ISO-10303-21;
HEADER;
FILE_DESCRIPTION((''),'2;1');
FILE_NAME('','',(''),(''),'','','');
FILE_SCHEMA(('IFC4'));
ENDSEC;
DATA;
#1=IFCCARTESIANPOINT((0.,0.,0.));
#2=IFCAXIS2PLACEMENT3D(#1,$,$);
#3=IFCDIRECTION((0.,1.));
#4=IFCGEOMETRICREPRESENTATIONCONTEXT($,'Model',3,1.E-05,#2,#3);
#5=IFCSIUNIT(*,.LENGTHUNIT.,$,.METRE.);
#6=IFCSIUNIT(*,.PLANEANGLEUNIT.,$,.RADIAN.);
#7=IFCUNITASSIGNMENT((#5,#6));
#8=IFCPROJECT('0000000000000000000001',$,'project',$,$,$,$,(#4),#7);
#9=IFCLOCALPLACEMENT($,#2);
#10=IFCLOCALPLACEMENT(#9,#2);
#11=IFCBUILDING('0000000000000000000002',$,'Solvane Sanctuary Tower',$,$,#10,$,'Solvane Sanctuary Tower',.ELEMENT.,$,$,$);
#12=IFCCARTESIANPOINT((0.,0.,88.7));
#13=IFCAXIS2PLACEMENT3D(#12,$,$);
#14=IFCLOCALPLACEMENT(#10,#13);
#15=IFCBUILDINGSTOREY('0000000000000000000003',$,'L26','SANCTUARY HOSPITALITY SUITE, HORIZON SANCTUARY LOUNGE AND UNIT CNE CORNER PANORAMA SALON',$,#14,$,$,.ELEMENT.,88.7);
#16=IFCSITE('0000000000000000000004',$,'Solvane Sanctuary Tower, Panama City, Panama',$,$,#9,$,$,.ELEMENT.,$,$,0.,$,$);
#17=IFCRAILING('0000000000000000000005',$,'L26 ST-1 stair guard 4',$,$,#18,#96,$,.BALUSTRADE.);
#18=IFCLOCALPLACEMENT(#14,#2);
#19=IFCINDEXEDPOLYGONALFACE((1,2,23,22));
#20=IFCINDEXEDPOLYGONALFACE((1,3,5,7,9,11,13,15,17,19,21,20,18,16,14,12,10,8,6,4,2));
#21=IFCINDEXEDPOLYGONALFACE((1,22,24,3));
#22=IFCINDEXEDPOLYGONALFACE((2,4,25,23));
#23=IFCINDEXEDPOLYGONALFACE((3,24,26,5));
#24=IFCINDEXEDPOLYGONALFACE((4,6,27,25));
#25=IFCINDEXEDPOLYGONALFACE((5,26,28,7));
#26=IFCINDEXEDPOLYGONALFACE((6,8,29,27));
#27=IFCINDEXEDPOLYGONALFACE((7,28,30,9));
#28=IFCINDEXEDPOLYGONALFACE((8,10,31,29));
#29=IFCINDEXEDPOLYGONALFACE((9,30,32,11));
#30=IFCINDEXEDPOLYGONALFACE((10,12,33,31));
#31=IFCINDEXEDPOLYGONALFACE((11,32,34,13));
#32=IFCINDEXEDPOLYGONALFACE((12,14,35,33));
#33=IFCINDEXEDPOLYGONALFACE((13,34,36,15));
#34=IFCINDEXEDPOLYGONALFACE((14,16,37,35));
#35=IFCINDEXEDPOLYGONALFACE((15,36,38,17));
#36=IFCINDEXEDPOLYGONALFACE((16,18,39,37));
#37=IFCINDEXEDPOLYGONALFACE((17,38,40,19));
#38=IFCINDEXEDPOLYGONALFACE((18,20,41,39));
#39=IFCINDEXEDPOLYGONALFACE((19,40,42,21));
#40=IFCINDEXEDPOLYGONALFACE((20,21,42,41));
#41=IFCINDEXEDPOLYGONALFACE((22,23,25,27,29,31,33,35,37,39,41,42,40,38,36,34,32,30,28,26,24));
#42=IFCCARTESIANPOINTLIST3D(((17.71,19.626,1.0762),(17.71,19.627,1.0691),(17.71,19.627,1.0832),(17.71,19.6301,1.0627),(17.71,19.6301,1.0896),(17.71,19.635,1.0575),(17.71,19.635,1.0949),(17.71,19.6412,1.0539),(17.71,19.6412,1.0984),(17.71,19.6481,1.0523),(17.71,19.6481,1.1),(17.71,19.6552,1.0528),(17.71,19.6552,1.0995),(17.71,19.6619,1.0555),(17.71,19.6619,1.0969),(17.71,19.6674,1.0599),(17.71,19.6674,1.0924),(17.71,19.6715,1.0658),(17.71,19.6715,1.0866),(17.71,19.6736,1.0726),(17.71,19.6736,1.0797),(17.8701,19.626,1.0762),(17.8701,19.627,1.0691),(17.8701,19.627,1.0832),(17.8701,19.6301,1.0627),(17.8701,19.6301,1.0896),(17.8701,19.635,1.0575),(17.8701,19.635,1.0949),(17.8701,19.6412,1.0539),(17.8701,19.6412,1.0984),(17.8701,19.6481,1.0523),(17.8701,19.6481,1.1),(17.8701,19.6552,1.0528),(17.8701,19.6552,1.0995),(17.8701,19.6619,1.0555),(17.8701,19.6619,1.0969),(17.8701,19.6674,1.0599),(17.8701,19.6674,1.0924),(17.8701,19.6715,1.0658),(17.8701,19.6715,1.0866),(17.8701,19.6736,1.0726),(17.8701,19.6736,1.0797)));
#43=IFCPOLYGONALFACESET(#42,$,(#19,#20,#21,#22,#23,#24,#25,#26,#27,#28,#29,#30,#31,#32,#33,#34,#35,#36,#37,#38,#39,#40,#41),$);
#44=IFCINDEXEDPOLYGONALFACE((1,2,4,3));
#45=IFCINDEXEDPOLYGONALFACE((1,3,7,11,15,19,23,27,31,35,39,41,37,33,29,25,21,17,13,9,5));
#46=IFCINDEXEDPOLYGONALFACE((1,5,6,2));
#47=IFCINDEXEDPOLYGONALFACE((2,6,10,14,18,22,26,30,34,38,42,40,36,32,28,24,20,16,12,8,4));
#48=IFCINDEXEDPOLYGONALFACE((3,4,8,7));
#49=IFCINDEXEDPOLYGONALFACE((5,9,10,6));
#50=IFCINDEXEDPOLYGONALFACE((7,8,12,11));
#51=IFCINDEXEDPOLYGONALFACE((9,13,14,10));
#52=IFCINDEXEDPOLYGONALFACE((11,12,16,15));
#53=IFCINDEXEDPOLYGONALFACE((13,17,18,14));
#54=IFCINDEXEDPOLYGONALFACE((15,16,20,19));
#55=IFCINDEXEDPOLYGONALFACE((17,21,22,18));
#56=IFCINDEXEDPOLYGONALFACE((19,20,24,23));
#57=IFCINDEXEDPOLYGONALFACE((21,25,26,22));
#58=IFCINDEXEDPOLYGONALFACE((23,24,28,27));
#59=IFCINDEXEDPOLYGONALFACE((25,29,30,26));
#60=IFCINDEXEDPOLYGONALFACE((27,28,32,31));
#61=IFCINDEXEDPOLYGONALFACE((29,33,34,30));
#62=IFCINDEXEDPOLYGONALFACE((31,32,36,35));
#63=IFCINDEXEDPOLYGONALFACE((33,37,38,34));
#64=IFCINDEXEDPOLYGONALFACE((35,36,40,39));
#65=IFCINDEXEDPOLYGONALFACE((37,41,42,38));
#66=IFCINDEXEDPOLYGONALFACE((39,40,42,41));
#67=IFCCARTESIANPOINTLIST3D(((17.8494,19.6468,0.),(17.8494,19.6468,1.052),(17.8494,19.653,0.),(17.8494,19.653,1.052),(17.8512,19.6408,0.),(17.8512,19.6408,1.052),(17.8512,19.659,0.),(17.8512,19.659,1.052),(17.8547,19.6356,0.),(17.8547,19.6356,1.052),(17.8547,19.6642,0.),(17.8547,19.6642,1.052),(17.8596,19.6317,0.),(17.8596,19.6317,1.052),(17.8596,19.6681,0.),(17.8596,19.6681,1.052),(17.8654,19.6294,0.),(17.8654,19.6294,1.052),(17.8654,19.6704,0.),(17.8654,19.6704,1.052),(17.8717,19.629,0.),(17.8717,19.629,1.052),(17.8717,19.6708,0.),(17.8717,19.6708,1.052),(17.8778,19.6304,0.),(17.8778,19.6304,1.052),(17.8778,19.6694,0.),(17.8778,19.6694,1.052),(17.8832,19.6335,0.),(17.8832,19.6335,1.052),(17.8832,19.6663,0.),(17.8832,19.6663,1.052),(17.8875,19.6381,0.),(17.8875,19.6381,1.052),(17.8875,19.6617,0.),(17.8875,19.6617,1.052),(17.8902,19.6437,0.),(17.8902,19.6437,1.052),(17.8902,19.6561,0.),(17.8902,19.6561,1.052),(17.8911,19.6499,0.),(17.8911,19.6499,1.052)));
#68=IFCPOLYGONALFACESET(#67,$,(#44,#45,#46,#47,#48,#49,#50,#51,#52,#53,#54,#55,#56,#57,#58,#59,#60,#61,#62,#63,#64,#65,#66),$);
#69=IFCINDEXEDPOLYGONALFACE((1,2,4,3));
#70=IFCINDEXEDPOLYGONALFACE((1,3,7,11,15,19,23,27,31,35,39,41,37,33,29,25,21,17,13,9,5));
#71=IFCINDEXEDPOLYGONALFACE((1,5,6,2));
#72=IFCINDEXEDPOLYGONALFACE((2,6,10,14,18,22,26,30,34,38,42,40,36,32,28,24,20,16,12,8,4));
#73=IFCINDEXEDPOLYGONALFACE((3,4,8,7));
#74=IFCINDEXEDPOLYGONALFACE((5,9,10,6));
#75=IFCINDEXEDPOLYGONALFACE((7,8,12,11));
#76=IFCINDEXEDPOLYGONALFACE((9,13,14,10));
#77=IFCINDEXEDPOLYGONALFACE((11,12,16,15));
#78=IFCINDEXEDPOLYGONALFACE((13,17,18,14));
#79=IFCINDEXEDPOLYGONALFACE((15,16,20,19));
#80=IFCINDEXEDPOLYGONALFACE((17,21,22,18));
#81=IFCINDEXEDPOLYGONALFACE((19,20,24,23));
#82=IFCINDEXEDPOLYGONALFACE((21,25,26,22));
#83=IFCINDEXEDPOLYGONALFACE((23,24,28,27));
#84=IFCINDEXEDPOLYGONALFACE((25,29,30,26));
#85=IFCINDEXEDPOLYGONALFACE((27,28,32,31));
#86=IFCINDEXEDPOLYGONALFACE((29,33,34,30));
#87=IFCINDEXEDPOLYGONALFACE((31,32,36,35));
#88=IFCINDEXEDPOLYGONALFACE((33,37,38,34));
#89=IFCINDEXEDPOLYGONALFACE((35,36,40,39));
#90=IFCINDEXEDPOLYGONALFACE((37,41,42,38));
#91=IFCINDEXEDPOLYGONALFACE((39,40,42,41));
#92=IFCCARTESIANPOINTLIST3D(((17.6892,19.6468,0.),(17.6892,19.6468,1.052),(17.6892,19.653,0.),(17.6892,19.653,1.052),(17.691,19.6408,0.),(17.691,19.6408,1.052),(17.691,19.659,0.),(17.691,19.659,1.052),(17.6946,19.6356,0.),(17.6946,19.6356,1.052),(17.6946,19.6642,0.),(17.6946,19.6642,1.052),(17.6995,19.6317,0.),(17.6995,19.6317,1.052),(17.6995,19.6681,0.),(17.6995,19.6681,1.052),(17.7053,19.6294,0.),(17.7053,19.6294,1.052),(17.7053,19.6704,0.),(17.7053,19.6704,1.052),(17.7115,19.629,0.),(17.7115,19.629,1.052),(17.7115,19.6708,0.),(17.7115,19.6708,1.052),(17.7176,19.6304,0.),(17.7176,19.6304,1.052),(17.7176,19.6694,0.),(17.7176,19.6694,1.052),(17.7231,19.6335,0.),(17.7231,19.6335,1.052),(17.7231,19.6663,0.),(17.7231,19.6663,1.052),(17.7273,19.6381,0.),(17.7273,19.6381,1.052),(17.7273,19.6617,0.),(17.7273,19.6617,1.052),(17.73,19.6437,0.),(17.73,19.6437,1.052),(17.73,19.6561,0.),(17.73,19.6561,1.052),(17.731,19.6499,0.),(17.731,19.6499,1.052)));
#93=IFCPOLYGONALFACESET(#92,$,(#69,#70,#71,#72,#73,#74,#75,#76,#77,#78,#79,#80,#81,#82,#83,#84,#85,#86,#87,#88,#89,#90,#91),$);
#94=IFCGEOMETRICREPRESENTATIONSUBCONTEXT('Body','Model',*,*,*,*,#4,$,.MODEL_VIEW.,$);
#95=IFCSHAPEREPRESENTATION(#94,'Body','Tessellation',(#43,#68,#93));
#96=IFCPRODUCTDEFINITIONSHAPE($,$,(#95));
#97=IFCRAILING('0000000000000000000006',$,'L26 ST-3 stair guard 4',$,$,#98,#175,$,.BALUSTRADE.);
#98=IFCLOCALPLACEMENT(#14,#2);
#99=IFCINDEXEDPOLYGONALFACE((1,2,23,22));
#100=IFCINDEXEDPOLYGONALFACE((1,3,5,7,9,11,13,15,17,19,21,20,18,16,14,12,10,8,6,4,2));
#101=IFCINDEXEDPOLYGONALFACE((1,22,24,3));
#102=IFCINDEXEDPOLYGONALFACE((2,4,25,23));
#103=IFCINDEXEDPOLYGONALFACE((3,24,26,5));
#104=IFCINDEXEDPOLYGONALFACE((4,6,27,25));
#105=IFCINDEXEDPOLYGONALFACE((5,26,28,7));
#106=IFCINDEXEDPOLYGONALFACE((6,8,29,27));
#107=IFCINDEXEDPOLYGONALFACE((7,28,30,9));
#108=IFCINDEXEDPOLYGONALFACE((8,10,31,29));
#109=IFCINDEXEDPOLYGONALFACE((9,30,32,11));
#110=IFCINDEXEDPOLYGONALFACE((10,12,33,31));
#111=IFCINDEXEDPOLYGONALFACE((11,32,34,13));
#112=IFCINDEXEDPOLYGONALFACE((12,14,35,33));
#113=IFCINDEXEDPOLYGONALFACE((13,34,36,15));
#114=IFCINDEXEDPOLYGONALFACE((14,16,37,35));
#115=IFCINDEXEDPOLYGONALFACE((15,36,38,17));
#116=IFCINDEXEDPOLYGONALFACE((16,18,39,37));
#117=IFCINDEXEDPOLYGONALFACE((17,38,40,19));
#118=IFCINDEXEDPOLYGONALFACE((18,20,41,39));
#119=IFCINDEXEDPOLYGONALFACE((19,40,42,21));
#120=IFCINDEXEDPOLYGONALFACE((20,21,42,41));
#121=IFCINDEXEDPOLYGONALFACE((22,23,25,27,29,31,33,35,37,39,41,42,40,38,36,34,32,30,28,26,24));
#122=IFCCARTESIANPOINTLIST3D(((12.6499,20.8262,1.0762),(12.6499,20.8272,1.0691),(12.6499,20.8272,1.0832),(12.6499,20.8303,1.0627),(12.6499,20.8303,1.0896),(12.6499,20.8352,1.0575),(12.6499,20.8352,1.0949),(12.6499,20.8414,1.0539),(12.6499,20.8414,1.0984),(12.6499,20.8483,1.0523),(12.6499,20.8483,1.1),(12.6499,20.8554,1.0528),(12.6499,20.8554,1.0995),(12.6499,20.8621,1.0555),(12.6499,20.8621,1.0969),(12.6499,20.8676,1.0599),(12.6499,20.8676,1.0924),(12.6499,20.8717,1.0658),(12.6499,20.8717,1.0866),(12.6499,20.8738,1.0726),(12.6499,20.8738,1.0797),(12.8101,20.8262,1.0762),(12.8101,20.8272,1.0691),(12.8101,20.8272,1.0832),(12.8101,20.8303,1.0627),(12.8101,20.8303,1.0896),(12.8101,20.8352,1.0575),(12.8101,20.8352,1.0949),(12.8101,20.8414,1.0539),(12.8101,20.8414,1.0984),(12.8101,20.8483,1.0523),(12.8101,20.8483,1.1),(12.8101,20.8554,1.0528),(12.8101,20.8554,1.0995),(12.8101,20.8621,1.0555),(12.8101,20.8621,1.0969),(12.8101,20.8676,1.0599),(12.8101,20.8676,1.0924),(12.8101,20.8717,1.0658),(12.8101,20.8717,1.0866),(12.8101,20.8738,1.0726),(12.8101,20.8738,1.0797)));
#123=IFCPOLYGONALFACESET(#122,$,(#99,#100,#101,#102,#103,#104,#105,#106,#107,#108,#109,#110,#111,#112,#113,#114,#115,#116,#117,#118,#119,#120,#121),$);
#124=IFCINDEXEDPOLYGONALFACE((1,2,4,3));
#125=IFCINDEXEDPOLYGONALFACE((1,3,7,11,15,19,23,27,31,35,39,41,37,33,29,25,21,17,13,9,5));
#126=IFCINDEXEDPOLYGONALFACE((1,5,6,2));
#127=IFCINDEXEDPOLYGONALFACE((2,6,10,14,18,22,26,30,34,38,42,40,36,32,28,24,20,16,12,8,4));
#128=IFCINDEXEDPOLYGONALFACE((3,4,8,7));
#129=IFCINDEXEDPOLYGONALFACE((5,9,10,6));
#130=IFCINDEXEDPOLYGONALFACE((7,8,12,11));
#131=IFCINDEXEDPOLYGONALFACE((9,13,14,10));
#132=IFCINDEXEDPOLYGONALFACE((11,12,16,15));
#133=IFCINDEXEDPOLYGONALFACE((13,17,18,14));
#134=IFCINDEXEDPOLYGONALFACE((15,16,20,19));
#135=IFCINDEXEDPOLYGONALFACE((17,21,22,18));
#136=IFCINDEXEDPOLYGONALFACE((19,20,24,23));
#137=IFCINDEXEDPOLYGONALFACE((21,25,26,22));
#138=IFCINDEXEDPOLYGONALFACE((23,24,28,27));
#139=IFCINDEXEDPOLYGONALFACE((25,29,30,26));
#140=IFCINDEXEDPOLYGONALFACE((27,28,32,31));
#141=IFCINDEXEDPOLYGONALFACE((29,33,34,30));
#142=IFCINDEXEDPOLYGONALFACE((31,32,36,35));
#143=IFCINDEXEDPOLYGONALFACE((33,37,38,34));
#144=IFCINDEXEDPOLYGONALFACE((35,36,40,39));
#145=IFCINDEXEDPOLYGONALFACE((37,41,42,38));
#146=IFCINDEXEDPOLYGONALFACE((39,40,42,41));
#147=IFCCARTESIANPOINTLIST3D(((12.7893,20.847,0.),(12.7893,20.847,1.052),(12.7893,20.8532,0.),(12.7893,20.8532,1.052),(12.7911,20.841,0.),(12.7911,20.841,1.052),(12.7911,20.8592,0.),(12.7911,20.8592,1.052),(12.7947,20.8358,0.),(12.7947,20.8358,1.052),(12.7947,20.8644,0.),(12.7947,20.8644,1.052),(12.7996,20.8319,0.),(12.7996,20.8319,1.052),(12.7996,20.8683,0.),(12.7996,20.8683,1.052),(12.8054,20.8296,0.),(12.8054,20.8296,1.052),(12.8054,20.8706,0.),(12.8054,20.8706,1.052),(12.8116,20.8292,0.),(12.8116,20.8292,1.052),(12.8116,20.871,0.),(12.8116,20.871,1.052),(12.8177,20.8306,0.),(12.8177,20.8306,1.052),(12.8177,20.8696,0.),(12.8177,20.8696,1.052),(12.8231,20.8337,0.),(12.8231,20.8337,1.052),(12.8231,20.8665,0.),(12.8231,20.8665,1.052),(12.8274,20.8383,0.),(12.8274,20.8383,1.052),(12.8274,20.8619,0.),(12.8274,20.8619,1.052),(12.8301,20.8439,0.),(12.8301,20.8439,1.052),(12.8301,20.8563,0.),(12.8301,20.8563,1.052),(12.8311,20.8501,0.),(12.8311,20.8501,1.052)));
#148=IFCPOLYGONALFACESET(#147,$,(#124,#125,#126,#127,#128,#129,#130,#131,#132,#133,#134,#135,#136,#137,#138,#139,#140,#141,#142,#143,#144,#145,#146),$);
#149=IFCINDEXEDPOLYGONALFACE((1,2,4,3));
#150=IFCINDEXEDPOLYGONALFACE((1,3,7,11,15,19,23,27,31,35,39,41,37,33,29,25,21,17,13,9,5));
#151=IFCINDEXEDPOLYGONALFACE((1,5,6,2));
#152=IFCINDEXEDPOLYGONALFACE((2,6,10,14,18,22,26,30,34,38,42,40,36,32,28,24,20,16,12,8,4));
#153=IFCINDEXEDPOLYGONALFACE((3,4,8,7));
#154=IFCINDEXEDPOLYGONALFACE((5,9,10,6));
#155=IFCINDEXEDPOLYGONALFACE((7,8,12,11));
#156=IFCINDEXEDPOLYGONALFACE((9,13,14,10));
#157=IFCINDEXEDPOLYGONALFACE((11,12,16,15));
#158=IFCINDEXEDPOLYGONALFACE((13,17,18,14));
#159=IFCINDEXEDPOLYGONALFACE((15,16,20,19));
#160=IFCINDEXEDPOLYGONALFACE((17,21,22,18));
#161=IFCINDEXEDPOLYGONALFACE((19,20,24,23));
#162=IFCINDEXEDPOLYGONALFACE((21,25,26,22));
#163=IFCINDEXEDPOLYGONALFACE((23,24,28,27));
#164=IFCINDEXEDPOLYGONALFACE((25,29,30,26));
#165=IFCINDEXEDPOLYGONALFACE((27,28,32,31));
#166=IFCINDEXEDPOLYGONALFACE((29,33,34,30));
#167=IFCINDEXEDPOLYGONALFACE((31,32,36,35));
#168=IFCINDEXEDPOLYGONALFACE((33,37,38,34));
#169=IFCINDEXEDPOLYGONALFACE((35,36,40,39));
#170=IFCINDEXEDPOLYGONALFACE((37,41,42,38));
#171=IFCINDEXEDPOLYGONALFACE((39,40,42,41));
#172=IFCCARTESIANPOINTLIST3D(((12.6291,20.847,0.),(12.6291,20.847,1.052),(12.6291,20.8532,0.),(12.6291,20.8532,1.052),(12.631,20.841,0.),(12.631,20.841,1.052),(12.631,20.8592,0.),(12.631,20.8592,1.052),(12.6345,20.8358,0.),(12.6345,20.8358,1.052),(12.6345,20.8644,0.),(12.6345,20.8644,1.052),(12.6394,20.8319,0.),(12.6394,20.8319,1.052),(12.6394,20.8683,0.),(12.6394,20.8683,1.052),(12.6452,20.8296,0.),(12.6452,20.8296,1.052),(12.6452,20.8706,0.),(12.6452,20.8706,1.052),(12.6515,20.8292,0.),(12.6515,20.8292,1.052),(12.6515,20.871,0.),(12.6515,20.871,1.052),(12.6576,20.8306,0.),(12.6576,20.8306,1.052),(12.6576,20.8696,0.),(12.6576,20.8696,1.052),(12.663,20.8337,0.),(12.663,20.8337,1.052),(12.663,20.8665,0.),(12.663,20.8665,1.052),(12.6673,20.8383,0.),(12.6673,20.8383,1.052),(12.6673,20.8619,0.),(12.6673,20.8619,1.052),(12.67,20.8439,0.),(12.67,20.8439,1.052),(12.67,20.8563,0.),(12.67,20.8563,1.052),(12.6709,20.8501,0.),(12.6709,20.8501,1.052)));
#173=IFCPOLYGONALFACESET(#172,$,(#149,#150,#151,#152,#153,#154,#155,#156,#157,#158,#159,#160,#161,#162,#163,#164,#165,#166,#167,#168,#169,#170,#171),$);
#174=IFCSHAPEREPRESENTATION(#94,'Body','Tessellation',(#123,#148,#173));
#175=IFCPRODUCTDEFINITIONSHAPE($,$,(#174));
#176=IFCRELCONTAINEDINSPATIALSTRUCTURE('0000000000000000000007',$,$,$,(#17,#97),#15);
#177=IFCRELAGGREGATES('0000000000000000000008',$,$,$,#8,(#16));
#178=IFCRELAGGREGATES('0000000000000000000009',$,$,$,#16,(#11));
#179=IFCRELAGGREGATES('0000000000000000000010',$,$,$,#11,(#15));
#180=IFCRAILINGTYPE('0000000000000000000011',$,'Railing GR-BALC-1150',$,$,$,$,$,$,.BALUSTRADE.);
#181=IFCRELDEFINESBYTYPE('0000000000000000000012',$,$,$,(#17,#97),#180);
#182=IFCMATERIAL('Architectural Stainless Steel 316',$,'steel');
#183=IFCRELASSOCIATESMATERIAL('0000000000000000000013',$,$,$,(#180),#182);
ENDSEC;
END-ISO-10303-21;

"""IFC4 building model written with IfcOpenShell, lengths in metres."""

from ifc_helpers import new_model, si_unit, direction, frame, origin, origin_2d, place, context, subcontext, project, spatial, circle, extrude, material, type_object, element, save


model = new_model("IFC4")

# Units and contexts
model_context = context("Model", 3, precision=1e-05, world=origin(), true_north=direction((0.0, 1.0)))
body_context = subcontext(model_context, "Body", "Model", "MODEL_VIEW")
ifc_project = project(units=[si_unit("LENGTHUNIT", "METRE"), si_unit("PLANEANGLEUNIT", "RADIAN")], contexts=[model_context])

# Site, building, storey
site_placement = place(None, origin())
site = spatial("IfcSite", under=ifc_project, at=site_placement, Name="Solvane Sanctuary Tower, Panama City, Panama", CompositionType="ELEMENT", RefElevation=0.0)
building_placement = place(site_placement, origin())
building = spatial("IfcBuilding", under=site, at=building_placement, Name="Solvane Sanctuary Tower", LongName="Solvane Sanctuary Tower", CompositionType="ELEMENT")
storey_placement = place(building_placement, frame((0.0, 0.0, 88.7)))
storey = spatial("IfcBuildingStorey", under=building, at=storey_placement, Name="L26", Description="SANCTUARY HOSPITALITY SUITE, HORIZON SANCTUARY LOUNGE AND UNIT CNE CORNER PANORAMA SALON", CompositionType="ELEMENT", Elevation=88.7)

# Shared definitions
ifc_material_1 = material(Name="Architectural Stainless Steel 316", Category="steel")

# Railings
railing_type_1 = type_object("IfcRailingType", Name="Railing GR-BALC-1150", PredefinedType="BALUSTRADE", material=ifc_material_1)
for number, where, name in (
    (1, (17.8701, 19.6499, 0.0), "L26 ST-1 stair guard 4"),
    (2, (12.8101, 20.8501, 0.0), "L26 ST-3 stair guard 4"),
):
    element("IfcRailing", number, at=place(storey_placement, frame(where)), inside=storey, type_object=railing_type_1, Name=name, PredefinedType="BALUSTRADE", context=body_context, shape_type="SweptSolid", body=[
        extrude(circle(Radius=0.0239, at=origin_2d()), frame((0.0, 0.0, 1.0762), z_axis=(-1.0, 0.0, 0.0), x_axis=(0.0, -1.0, 0.0)), (0.0, 0.0, 1.0), 0.1602),
        extrude(circle(Radius=0.021, at=origin_2d()), origin(), (0.0, 0.0, 1.0), 1.052),
        extrude(circle(Radius=0.021, at=origin_2d()), frame((-0.1602, 0.0, 0.0)), (0.0, 0.0, 1.0), 1.052),
    ])

save(model, "model.ifc")
